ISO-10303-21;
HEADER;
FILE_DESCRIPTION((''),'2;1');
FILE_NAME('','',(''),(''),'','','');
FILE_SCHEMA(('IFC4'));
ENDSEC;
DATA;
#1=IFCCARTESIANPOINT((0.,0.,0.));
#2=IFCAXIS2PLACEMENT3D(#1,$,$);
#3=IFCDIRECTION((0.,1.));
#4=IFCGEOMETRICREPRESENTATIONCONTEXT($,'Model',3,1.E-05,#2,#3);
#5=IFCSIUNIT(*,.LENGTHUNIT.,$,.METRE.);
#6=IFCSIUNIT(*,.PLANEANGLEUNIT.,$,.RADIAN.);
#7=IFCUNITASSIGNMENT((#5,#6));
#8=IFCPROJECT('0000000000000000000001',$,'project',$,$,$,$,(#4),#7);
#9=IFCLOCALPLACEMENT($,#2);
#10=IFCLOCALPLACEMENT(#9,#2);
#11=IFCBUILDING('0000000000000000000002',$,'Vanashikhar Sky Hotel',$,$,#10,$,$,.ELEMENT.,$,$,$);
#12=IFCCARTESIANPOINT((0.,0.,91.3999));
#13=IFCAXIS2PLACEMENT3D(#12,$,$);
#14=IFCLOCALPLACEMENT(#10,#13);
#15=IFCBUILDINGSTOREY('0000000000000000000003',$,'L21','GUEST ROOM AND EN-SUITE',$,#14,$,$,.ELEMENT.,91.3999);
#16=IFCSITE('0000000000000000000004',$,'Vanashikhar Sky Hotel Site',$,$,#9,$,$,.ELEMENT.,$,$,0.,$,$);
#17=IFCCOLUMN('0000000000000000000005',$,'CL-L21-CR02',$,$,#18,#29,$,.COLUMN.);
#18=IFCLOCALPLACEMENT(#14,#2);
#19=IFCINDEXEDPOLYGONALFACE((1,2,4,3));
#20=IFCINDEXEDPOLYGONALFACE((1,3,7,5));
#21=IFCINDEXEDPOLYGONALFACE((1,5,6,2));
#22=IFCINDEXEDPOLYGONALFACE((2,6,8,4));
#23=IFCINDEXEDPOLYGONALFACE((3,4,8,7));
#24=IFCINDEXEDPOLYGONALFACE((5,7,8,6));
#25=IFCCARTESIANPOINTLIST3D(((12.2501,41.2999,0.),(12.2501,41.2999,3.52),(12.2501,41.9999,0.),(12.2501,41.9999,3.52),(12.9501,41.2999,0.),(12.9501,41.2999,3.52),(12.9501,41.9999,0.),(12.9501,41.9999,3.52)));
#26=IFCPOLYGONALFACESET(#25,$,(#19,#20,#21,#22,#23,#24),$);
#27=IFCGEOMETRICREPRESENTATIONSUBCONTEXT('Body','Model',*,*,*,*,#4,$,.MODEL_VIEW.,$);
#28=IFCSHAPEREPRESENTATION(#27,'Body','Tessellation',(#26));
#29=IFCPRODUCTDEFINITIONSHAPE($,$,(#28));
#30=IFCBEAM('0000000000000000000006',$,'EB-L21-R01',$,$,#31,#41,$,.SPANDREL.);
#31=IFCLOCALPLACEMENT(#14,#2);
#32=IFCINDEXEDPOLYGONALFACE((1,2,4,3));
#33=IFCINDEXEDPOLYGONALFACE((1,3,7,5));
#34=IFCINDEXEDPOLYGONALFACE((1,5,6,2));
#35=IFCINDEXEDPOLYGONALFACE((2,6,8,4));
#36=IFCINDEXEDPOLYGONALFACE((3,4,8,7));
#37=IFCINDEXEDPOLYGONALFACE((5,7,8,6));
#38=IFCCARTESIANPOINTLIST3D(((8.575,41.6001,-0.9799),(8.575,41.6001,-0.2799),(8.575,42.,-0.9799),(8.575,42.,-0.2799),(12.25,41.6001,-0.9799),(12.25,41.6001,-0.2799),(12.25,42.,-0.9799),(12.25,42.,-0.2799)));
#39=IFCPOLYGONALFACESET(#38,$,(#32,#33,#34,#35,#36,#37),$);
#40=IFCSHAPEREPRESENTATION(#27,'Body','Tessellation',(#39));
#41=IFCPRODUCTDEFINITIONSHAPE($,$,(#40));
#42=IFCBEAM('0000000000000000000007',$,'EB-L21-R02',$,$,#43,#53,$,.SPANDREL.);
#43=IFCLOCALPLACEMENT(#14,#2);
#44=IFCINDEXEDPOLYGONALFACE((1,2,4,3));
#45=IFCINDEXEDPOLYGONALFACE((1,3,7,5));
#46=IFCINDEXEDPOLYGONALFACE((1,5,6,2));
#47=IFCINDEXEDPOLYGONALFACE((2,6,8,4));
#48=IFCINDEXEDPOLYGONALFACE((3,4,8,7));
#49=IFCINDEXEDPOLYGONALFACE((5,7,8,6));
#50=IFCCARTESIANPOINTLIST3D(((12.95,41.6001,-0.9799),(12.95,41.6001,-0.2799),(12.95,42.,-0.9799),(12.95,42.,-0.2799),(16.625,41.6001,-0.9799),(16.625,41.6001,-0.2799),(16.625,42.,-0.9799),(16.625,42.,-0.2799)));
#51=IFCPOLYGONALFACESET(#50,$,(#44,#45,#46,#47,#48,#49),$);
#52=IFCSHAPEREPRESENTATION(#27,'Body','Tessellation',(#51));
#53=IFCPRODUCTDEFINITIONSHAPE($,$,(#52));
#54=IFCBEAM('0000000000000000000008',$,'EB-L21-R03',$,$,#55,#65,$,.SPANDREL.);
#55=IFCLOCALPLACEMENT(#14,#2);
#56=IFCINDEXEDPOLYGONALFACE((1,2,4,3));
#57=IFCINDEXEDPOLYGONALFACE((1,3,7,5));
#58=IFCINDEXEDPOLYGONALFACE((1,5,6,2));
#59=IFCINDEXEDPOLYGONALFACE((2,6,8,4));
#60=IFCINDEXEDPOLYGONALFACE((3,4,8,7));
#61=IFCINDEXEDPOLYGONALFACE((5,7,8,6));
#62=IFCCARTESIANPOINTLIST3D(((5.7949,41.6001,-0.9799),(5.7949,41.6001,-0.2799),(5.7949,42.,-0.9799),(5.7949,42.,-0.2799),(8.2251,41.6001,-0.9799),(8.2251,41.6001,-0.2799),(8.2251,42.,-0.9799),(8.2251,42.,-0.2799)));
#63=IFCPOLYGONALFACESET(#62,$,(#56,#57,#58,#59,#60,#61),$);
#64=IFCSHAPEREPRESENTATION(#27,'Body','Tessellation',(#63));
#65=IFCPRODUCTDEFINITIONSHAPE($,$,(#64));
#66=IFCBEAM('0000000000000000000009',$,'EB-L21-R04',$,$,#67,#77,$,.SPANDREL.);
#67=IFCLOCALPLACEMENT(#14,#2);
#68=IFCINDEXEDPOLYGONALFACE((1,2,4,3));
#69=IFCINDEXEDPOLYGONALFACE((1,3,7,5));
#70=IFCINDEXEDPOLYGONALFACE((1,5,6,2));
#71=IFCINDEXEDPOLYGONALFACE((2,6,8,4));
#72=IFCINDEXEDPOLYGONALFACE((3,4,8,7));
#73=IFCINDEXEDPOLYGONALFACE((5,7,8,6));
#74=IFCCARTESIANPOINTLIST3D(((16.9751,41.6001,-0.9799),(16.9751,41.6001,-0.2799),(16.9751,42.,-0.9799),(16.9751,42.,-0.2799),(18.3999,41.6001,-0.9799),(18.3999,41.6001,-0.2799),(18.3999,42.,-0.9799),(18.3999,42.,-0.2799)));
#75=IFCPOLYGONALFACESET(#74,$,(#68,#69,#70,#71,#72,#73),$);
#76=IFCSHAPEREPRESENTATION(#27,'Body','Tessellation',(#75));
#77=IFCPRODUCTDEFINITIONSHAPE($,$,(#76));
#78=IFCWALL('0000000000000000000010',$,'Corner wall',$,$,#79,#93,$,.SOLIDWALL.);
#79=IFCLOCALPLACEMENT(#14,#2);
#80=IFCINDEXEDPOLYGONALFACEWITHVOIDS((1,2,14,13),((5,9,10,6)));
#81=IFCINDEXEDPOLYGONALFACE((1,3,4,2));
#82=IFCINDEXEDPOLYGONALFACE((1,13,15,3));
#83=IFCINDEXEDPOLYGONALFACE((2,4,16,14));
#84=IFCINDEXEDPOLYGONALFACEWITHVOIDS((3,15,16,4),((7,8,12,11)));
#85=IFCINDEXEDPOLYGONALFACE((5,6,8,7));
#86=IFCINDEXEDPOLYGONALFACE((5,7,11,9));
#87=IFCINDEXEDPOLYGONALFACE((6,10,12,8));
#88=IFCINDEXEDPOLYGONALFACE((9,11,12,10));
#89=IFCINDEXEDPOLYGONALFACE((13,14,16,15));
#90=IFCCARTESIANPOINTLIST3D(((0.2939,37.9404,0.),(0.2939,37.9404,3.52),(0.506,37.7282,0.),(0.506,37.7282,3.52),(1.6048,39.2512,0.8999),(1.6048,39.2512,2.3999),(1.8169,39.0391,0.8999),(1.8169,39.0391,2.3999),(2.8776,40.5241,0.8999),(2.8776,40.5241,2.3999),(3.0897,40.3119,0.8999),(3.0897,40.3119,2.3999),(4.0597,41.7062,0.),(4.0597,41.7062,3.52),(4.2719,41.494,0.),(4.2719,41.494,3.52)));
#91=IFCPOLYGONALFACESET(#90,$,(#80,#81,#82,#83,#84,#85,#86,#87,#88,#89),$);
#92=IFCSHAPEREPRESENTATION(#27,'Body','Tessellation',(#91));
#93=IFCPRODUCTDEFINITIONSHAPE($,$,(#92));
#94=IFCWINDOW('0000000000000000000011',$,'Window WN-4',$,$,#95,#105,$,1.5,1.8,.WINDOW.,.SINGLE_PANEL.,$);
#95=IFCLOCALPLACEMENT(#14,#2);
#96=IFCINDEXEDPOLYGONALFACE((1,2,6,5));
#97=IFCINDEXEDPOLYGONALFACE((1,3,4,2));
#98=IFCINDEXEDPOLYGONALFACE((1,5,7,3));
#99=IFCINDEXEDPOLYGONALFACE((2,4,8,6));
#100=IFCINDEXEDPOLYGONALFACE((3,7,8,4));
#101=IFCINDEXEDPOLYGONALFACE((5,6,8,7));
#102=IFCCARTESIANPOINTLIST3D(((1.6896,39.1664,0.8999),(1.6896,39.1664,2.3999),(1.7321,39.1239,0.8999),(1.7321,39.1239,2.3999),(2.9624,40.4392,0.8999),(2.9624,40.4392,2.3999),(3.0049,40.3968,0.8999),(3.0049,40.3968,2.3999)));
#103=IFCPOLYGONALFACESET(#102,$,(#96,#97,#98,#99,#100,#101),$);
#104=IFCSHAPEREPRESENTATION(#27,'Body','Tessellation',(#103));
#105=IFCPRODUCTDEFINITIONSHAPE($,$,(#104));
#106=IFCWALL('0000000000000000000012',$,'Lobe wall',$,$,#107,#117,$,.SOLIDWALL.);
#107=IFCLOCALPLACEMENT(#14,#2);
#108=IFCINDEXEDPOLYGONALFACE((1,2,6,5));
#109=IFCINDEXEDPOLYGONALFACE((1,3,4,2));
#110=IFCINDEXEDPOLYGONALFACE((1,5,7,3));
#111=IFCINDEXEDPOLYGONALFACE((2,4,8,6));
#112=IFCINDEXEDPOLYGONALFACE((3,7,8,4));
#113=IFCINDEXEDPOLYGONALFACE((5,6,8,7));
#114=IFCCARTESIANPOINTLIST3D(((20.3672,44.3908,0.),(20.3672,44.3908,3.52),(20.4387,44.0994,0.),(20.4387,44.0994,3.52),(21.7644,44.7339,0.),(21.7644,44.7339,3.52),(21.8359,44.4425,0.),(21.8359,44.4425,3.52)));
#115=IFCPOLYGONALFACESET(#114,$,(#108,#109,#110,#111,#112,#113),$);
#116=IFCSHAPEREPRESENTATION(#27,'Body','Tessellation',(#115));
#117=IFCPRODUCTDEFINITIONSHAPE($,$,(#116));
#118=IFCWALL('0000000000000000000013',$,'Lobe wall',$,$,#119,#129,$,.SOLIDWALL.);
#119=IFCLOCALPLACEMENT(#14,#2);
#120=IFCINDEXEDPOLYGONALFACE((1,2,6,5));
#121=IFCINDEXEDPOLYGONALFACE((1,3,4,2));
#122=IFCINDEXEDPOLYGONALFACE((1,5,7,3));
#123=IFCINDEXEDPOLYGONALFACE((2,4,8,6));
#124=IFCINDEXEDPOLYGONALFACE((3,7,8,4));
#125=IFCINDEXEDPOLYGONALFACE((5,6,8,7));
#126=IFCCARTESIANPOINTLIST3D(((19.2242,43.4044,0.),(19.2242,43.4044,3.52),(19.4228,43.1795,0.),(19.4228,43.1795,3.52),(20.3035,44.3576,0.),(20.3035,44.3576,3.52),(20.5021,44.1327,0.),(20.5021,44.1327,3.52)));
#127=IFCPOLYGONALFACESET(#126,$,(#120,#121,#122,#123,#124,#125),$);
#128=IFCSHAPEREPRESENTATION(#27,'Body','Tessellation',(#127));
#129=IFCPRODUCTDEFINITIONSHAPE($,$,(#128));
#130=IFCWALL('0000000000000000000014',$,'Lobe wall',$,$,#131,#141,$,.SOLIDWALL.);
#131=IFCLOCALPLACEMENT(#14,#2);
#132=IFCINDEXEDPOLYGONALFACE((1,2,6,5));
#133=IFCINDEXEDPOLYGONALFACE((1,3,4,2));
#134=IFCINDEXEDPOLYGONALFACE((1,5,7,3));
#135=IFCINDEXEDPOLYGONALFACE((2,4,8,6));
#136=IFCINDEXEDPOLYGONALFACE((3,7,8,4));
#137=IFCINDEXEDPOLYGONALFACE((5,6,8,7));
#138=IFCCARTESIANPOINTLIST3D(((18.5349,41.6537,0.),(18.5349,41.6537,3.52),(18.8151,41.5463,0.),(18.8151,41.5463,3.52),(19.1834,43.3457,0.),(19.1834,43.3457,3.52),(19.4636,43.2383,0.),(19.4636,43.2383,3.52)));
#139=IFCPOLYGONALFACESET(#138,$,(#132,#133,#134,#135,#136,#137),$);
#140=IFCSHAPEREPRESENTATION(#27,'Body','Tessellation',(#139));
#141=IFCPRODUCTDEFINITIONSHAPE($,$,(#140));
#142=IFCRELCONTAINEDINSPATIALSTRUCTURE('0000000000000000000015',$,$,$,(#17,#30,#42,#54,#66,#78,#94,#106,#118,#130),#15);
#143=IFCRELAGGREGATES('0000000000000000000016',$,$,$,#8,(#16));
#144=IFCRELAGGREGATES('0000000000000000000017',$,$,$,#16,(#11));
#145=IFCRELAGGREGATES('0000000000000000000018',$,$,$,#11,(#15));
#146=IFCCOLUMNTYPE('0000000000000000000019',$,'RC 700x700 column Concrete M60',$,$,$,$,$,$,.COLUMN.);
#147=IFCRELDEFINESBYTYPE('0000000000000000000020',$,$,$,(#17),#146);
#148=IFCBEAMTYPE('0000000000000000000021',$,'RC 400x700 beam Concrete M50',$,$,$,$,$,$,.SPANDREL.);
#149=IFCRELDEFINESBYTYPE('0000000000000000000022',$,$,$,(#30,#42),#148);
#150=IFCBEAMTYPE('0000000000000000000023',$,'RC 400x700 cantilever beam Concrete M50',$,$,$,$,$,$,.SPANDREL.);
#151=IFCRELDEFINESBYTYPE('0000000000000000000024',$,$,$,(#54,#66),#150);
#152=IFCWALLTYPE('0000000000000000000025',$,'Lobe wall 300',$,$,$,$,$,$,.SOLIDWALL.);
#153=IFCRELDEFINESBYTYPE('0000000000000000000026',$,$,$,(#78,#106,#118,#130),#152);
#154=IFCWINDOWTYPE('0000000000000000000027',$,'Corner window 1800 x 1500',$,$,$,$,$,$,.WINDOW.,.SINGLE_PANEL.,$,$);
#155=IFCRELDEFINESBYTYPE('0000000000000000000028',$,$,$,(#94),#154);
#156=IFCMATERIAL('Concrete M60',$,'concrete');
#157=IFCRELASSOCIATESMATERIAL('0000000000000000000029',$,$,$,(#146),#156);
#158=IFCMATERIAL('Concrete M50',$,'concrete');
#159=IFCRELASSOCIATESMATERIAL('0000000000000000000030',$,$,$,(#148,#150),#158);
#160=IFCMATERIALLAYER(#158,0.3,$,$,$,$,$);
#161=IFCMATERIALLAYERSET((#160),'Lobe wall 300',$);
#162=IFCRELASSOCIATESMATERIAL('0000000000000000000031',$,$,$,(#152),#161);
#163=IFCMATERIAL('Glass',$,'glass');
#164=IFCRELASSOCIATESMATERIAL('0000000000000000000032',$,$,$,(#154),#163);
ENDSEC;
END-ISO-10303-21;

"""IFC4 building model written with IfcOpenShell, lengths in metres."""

from ifc_helpers import new_model, si_unit, direction, frame, frame_2d, origin, origin_2d, place, context, subcontext, project, spatial, rectangle, extrude, source, transform, mapped, material, layer, layer_set, material_profile, profile_set, type_object, element, fill, save


model = new_model("IFC4")

# Units and contexts
model_context = context("Model", 3, precision=1e-05, world=origin(), true_north=direction((0.0, 1.0)))
body_context = subcontext(model_context, "Body", "Model", "MODEL_VIEW")
ifc_project = project(units=[si_unit("LENGTHUNIT", "METRE"), si_unit("PLANEANGLEUNIT", "RADIAN")], contexts=[model_context])

# Site, building, storey
site_placement = place(None, origin())
site = spatial("IfcSite", under=ifc_project, at=site_placement, Name="Vanashikhar Sky Hotel Site", CompositionType="ELEMENT", RefElevation=0.0)
building_placement = place(site_placement, origin())
building = spatial("IfcBuilding", under=site, at=building_placement, Name="Vanashikhar Sky Hotel", CompositionType="ELEMENT")
storey_placement = place(building_placement, frame((0.0, 0.0, 91.3999)))
storey = spatial("IfcBuildingStorey", under=building, at=storey_placement, Name="L21", Description="GUEST ROOM AND EN-SUITE", CompositionType="ELEMENT", Elevation=91.3999)

# Column
ifc_material_1 = material(Name="Concrete M60", Category="concrete")
ifc_material_profile_1 = material_profile(ifc_material_1, rectangle(XDim=0.7, YDim=0.7, at=origin_2d()))
ifc_profile_set_1 = profile_set([ifc_material_profile_1], Name="RC 700x700 column Concrete M60")
column_type = type_object("IfcColumnType", Name="RC 700x700 column Concrete M60", PredefinedType="COLUMN", material=ifc_profile_set_1)
shared_shape_1 = source(origin(), body_context, "Body", "SweptSolid", [
    extrude(rectangle(XDim=0.7, YDim=0.7, at=origin_2d()), origin(), (0.0, 0.0, 1.0), 3.52),
])
column_placement = place(storey_placement, frame((12.6001, 41.6499, 0.0), z_axis=(0.0, 0.0, 1.0), x_axis=(1.0, 0.0, 0.0)))
element("IfcColumn", 1, at=column_placement, inside=storey, type_object=column_type, Name="CL-L21-CR02", PredefinedType="COLUMN", context=body_context, shape_type="MappedRepresentation", body=[
    mapped(shared_shape_1, transform((0.0, 0.0, 0.0), scale=1.0)),
])

# Beams
ifc_material_2 = material(Name="Concrete M50", Category="concrete")
ifc_material_profile_2 = material_profile(ifc_material_2, rectangle(XDim=0.3999, YDim=0.7, at=origin_2d()))
ifc_profile_set_2 = profile_set([ifc_material_profile_2], Name="RC 400x700 beam Concrete M50")
beam_type_1 = type_object("IfcBeamType", Name="RC 400x700 beam Concrete M50", PredefinedType="SPANDREL", material=ifc_profile_set_2)
shared_shape_2 = source(origin(), body_context, "Body", "SweptSolid", [
    extrude(rectangle(XDim=0.3999, YDim=0.7, at=origin_2d()), origin(), (0.0, 0.0, 1.0), 3.675),
])
for number, where, z_axis, x_axis, name in (
    (2, (8.575, 41.8, -0.6299), (1.0, 0.0, 0.0), (0.0, 1.0, 0.0), "EB-L21-R01"),
    (3, (12.95, 41.8, -0.6299), (1.0, 0.0, 0.0), (0.0, 1.0, 0.0), "EB-L21-R02"),
):
    element("IfcBeam", number, at=place(storey_placement, frame(where, z_axis=z_axis, x_axis=x_axis)), inside=storey, type_object=beam_type_1, Name=name, PredefinedType="SPANDREL", context=body_context, shape_type="MappedRepresentation", body=[
        mapped(shared_shape_2, transform((0.0, 0.0, 0.0), scale=1.0)),
    ])
ifc_material_profile_3 = material_profile(ifc_material_2, rectangle(XDim=0.3999, YDim=0.7, at=origin_2d()))
ifc_profile_set_3 = profile_set([ifc_material_profile_3], Name="RC 400x700 cantilever beam Concrete M50")
beam_type_2 = type_object("IfcBeamType", Name="RC 400x700 cantilever beam Concrete M50", PredefinedType="SPANDREL", material=ifc_profile_set_3)
shared_shape_3 = source(origin(), body_context, "Body", "SweptSolid", [
    extrude(rectangle(XDim=0.3999, YDim=0.7, at=origin_2d()), origin(), (0.0, 0.0, 1.0), 2.4302),
])
beam_1_placement = place(storey_placement, frame((5.7949, 41.8, -0.6299), z_axis=(1.0, 0.0, 0.0), x_axis=(0.0, 1.0, 0.0)))
element("IfcBeam", 4, at=beam_1_placement, inside=storey, type_object=beam_type_2, Name="EB-L21-R03", PredefinedType="SPANDREL", context=body_context, shape_type="MappedRepresentation", body=[
    mapped(shared_shape_3, transform((0.0, 0.0, 0.0), scale=1.0)),
])
shared_shape_4 = source(origin(), body_context, "Body", "SweptSolid", [
    extrude(rectangle(XDim=0.3999, YDim=0.7, at=origin_2d()), origin(), (0.0, 0.0, 1.0), 1.4248),
])
beam_2_placement = place(storey_placement, frame((16.9751, 41.8, -0.6299), z_axis=(1.0, 0.0, 0.0), x_axis=(0.0, 1.0, 0.0)))
element("IfcBeam", 5, at=beam_2_placement, inside=storey, type_object=beam_type_2, Name="EB-L21-R04", PredefinedType="SPANDREL", context=body_context, shape_type="MappedRepresentation", body=[
    mapped(shared_shape_4, transform((0.0, 0.0, 0.0), scale=1.0)),
])

# Wall, opening, window
ifc_layer_1 = layer(ifc_material_2, 0.3)
ifc_layer_set_1 = layer_set([ifc_layer_1], Name="Lobe wall 300")
wall_type_1 = type_object("IfcWallType", Name="Lobe wall 300", PredefinedType="SOLIDWALL", material=ifc_layer_set_1)
shared_shape_5 = source(origin(), body_context, "Body", "SweptSolid", [
    extrude(rectangle(XDim=5.3257, YDim=0.3, at=frame_2d((2.6628, 0.0))), origin(), (0.0, 0.0, 1.0), 3.52),
])
wall_1_placement = place(storey_placement, frame((4.1658, 41.6001, 0.0), z_axis=(0.0, 0.0, 1.0), x_axis=(-0.707107, -0.707107, 0.0)))
wall_1 = element("IfcWall", 6, at=wall_1_placement, inside=storey, type_object=wall_type_1, Name="Corner wall", PredefinedType="SOLIDWALL", context=body_context, shape_type="MappedRepresentation", body=[
    mapped(shared_shape_5, transform((0.0, 0.0, 0.0), scale=1.0)),
])
shared_shape_6 = source(origin(), body_context, "Body", "SweptSolid", [
    extrude(rectangle(XDim=1.8, YDim=1.5, at=frame_2d((0.8999, 0.75))), frame((0.0, 0.1602, 0.0), z_axis=(0.0, -1.0, 0.0), x_axis=(1.0, 0.0, 0.0)), (0.0, 0.0, 1.0), 0.3201),
])
opening_1_placement = place(wall_1_placement, frame((1.6719, 0.0, 0.8999)))
opening_1 = element("IfcOpeningElement", 7, at=opening_1_placement, cuts=wall_1, PredefinedType="OPENING", context=body_context, shape_type="MappedRepresentation", body=[
    mapped(shared_shape_6, transform((0.0, 0.0, 0.0), scale=1.0)),
])
ifc_material_3 = material(Name="Glass", Category="glass")
window_type_1 = type_object("IfcWindowType", Name="Corner window 1800 x 1500", PartitioningType="SINGLE_PANEL", PredefinedType="WINDOW", material=ifc_material_3)
shared_shape_7 = source(origin(), body_context, "Body", "SweptSolid", [
    extrude(rectangle(XDim=1.8, YDim=1.5, at=frame_2d((0.8999, 0.75))), frame((0.0, 0.03, 0.0), z_axis=(0.0, -1.0, 0.0), x_axis=(1.0, 0.0, 0.0)), (0.0, 0.0, 1.0), 0.0601),
])
window_1_placement = place(opening_1_placement, origin())
window_1 = element("IfcWindow", 8, at=window_1_placement, inside=storey, type_object=window_type_1, Name="Window WN-4", OverallHeight=1.5, OverallWidth=1.8, PartitioningType="SINGLE_PANEL", PredefinedType="WINDOW", context=body_context, shape_type="MappedRepresentation", body=[
    mapped(shared_shape_7, transform((0.0, 0.0, 0.0), scale=1.0)),
])
fill(opening_1, window_1)

# Walls
shared_shape_8 = source(origin(), body_context, "Body", "SweptSolid", [
    extrude(rectangle(XDim=1.4387, YDim=0.3, at=frame_2d((0.7192, 0.0))), origin(), (0.0, 0.0, 1.0), 3.52),
])
wall_2_placement = place(storey_placement, frame((21.8, 44.5881, 0.0), z_axis=(0.0, 0.0, 1.0), x_axis=(-0.971162, -0.238421, 0.0)))
element("IfcWall", 9, at=wall_2_placement, inside=storey, type_object=wall_type_1, Name="Lobe wall", PredefinedType="SOLIDWALL", context=body_context, shape_type="MappedRepresentation", body=[
    mapped(shared_shape_8, transform((0.0, 0.0, 0.0), scale=1.0)),
])
shared_shape_9 = source(origin(), body_context, "Body", "SweptSolid", [
    extrude(rectangle(XDim=1.4399, YDim=0.3, at=frame_2d((0.72, 0.0))), origin(), (0.0, 0.0, 1.0), 3.52),
])
wall_3_placement = place(storey_placement, frame((20.4028, 44.2451, 0.0), z_axis=(0.0, 0.0, 1.0), x_axis=(-0.749576, -0.661919, 0.0)))
element("IfcWall", 10, at=wall_3_placement, inside=storey, type_object=wall_type_1, Name="Lobe wall", PredefinedType="SOLIDWALL", context=body_context, shape_type="MappedRepresentation", body=[
    mapped(shared_shape_9, transform((0.0, 0.0, 0.0), scale=1.0)),
])
shared_shape_10 = source(origin(), body_context, "Body", "SweptSolid", [
    extrude(rectangle(XDim=1.812, YDim=0.3, at=frame_2d((0.906, 0.0))), origin(), (0.0, 0.0, 1.0), 3.52),
])
wall_4_placement = place(storey_placement, frame((19.3235, 43.292, 0.0), z_axis=(0.0, 0.0, 1.0), x_axis=(-0.357877, -0.933769, 0.0)))
element("IfcWall", 11, at=wall_4_placement, inside=storey, type_object=wall_type_1, Name="Lobe wall", PredefinedType="SOLIDWALL", context=body_context, shape_type="MappedRepresentation", body=[
    mapped(shared_shape_10, transform((0.0, 0.0, 0.0), scale=1.0)),
])

save(model, "model.ifc")
